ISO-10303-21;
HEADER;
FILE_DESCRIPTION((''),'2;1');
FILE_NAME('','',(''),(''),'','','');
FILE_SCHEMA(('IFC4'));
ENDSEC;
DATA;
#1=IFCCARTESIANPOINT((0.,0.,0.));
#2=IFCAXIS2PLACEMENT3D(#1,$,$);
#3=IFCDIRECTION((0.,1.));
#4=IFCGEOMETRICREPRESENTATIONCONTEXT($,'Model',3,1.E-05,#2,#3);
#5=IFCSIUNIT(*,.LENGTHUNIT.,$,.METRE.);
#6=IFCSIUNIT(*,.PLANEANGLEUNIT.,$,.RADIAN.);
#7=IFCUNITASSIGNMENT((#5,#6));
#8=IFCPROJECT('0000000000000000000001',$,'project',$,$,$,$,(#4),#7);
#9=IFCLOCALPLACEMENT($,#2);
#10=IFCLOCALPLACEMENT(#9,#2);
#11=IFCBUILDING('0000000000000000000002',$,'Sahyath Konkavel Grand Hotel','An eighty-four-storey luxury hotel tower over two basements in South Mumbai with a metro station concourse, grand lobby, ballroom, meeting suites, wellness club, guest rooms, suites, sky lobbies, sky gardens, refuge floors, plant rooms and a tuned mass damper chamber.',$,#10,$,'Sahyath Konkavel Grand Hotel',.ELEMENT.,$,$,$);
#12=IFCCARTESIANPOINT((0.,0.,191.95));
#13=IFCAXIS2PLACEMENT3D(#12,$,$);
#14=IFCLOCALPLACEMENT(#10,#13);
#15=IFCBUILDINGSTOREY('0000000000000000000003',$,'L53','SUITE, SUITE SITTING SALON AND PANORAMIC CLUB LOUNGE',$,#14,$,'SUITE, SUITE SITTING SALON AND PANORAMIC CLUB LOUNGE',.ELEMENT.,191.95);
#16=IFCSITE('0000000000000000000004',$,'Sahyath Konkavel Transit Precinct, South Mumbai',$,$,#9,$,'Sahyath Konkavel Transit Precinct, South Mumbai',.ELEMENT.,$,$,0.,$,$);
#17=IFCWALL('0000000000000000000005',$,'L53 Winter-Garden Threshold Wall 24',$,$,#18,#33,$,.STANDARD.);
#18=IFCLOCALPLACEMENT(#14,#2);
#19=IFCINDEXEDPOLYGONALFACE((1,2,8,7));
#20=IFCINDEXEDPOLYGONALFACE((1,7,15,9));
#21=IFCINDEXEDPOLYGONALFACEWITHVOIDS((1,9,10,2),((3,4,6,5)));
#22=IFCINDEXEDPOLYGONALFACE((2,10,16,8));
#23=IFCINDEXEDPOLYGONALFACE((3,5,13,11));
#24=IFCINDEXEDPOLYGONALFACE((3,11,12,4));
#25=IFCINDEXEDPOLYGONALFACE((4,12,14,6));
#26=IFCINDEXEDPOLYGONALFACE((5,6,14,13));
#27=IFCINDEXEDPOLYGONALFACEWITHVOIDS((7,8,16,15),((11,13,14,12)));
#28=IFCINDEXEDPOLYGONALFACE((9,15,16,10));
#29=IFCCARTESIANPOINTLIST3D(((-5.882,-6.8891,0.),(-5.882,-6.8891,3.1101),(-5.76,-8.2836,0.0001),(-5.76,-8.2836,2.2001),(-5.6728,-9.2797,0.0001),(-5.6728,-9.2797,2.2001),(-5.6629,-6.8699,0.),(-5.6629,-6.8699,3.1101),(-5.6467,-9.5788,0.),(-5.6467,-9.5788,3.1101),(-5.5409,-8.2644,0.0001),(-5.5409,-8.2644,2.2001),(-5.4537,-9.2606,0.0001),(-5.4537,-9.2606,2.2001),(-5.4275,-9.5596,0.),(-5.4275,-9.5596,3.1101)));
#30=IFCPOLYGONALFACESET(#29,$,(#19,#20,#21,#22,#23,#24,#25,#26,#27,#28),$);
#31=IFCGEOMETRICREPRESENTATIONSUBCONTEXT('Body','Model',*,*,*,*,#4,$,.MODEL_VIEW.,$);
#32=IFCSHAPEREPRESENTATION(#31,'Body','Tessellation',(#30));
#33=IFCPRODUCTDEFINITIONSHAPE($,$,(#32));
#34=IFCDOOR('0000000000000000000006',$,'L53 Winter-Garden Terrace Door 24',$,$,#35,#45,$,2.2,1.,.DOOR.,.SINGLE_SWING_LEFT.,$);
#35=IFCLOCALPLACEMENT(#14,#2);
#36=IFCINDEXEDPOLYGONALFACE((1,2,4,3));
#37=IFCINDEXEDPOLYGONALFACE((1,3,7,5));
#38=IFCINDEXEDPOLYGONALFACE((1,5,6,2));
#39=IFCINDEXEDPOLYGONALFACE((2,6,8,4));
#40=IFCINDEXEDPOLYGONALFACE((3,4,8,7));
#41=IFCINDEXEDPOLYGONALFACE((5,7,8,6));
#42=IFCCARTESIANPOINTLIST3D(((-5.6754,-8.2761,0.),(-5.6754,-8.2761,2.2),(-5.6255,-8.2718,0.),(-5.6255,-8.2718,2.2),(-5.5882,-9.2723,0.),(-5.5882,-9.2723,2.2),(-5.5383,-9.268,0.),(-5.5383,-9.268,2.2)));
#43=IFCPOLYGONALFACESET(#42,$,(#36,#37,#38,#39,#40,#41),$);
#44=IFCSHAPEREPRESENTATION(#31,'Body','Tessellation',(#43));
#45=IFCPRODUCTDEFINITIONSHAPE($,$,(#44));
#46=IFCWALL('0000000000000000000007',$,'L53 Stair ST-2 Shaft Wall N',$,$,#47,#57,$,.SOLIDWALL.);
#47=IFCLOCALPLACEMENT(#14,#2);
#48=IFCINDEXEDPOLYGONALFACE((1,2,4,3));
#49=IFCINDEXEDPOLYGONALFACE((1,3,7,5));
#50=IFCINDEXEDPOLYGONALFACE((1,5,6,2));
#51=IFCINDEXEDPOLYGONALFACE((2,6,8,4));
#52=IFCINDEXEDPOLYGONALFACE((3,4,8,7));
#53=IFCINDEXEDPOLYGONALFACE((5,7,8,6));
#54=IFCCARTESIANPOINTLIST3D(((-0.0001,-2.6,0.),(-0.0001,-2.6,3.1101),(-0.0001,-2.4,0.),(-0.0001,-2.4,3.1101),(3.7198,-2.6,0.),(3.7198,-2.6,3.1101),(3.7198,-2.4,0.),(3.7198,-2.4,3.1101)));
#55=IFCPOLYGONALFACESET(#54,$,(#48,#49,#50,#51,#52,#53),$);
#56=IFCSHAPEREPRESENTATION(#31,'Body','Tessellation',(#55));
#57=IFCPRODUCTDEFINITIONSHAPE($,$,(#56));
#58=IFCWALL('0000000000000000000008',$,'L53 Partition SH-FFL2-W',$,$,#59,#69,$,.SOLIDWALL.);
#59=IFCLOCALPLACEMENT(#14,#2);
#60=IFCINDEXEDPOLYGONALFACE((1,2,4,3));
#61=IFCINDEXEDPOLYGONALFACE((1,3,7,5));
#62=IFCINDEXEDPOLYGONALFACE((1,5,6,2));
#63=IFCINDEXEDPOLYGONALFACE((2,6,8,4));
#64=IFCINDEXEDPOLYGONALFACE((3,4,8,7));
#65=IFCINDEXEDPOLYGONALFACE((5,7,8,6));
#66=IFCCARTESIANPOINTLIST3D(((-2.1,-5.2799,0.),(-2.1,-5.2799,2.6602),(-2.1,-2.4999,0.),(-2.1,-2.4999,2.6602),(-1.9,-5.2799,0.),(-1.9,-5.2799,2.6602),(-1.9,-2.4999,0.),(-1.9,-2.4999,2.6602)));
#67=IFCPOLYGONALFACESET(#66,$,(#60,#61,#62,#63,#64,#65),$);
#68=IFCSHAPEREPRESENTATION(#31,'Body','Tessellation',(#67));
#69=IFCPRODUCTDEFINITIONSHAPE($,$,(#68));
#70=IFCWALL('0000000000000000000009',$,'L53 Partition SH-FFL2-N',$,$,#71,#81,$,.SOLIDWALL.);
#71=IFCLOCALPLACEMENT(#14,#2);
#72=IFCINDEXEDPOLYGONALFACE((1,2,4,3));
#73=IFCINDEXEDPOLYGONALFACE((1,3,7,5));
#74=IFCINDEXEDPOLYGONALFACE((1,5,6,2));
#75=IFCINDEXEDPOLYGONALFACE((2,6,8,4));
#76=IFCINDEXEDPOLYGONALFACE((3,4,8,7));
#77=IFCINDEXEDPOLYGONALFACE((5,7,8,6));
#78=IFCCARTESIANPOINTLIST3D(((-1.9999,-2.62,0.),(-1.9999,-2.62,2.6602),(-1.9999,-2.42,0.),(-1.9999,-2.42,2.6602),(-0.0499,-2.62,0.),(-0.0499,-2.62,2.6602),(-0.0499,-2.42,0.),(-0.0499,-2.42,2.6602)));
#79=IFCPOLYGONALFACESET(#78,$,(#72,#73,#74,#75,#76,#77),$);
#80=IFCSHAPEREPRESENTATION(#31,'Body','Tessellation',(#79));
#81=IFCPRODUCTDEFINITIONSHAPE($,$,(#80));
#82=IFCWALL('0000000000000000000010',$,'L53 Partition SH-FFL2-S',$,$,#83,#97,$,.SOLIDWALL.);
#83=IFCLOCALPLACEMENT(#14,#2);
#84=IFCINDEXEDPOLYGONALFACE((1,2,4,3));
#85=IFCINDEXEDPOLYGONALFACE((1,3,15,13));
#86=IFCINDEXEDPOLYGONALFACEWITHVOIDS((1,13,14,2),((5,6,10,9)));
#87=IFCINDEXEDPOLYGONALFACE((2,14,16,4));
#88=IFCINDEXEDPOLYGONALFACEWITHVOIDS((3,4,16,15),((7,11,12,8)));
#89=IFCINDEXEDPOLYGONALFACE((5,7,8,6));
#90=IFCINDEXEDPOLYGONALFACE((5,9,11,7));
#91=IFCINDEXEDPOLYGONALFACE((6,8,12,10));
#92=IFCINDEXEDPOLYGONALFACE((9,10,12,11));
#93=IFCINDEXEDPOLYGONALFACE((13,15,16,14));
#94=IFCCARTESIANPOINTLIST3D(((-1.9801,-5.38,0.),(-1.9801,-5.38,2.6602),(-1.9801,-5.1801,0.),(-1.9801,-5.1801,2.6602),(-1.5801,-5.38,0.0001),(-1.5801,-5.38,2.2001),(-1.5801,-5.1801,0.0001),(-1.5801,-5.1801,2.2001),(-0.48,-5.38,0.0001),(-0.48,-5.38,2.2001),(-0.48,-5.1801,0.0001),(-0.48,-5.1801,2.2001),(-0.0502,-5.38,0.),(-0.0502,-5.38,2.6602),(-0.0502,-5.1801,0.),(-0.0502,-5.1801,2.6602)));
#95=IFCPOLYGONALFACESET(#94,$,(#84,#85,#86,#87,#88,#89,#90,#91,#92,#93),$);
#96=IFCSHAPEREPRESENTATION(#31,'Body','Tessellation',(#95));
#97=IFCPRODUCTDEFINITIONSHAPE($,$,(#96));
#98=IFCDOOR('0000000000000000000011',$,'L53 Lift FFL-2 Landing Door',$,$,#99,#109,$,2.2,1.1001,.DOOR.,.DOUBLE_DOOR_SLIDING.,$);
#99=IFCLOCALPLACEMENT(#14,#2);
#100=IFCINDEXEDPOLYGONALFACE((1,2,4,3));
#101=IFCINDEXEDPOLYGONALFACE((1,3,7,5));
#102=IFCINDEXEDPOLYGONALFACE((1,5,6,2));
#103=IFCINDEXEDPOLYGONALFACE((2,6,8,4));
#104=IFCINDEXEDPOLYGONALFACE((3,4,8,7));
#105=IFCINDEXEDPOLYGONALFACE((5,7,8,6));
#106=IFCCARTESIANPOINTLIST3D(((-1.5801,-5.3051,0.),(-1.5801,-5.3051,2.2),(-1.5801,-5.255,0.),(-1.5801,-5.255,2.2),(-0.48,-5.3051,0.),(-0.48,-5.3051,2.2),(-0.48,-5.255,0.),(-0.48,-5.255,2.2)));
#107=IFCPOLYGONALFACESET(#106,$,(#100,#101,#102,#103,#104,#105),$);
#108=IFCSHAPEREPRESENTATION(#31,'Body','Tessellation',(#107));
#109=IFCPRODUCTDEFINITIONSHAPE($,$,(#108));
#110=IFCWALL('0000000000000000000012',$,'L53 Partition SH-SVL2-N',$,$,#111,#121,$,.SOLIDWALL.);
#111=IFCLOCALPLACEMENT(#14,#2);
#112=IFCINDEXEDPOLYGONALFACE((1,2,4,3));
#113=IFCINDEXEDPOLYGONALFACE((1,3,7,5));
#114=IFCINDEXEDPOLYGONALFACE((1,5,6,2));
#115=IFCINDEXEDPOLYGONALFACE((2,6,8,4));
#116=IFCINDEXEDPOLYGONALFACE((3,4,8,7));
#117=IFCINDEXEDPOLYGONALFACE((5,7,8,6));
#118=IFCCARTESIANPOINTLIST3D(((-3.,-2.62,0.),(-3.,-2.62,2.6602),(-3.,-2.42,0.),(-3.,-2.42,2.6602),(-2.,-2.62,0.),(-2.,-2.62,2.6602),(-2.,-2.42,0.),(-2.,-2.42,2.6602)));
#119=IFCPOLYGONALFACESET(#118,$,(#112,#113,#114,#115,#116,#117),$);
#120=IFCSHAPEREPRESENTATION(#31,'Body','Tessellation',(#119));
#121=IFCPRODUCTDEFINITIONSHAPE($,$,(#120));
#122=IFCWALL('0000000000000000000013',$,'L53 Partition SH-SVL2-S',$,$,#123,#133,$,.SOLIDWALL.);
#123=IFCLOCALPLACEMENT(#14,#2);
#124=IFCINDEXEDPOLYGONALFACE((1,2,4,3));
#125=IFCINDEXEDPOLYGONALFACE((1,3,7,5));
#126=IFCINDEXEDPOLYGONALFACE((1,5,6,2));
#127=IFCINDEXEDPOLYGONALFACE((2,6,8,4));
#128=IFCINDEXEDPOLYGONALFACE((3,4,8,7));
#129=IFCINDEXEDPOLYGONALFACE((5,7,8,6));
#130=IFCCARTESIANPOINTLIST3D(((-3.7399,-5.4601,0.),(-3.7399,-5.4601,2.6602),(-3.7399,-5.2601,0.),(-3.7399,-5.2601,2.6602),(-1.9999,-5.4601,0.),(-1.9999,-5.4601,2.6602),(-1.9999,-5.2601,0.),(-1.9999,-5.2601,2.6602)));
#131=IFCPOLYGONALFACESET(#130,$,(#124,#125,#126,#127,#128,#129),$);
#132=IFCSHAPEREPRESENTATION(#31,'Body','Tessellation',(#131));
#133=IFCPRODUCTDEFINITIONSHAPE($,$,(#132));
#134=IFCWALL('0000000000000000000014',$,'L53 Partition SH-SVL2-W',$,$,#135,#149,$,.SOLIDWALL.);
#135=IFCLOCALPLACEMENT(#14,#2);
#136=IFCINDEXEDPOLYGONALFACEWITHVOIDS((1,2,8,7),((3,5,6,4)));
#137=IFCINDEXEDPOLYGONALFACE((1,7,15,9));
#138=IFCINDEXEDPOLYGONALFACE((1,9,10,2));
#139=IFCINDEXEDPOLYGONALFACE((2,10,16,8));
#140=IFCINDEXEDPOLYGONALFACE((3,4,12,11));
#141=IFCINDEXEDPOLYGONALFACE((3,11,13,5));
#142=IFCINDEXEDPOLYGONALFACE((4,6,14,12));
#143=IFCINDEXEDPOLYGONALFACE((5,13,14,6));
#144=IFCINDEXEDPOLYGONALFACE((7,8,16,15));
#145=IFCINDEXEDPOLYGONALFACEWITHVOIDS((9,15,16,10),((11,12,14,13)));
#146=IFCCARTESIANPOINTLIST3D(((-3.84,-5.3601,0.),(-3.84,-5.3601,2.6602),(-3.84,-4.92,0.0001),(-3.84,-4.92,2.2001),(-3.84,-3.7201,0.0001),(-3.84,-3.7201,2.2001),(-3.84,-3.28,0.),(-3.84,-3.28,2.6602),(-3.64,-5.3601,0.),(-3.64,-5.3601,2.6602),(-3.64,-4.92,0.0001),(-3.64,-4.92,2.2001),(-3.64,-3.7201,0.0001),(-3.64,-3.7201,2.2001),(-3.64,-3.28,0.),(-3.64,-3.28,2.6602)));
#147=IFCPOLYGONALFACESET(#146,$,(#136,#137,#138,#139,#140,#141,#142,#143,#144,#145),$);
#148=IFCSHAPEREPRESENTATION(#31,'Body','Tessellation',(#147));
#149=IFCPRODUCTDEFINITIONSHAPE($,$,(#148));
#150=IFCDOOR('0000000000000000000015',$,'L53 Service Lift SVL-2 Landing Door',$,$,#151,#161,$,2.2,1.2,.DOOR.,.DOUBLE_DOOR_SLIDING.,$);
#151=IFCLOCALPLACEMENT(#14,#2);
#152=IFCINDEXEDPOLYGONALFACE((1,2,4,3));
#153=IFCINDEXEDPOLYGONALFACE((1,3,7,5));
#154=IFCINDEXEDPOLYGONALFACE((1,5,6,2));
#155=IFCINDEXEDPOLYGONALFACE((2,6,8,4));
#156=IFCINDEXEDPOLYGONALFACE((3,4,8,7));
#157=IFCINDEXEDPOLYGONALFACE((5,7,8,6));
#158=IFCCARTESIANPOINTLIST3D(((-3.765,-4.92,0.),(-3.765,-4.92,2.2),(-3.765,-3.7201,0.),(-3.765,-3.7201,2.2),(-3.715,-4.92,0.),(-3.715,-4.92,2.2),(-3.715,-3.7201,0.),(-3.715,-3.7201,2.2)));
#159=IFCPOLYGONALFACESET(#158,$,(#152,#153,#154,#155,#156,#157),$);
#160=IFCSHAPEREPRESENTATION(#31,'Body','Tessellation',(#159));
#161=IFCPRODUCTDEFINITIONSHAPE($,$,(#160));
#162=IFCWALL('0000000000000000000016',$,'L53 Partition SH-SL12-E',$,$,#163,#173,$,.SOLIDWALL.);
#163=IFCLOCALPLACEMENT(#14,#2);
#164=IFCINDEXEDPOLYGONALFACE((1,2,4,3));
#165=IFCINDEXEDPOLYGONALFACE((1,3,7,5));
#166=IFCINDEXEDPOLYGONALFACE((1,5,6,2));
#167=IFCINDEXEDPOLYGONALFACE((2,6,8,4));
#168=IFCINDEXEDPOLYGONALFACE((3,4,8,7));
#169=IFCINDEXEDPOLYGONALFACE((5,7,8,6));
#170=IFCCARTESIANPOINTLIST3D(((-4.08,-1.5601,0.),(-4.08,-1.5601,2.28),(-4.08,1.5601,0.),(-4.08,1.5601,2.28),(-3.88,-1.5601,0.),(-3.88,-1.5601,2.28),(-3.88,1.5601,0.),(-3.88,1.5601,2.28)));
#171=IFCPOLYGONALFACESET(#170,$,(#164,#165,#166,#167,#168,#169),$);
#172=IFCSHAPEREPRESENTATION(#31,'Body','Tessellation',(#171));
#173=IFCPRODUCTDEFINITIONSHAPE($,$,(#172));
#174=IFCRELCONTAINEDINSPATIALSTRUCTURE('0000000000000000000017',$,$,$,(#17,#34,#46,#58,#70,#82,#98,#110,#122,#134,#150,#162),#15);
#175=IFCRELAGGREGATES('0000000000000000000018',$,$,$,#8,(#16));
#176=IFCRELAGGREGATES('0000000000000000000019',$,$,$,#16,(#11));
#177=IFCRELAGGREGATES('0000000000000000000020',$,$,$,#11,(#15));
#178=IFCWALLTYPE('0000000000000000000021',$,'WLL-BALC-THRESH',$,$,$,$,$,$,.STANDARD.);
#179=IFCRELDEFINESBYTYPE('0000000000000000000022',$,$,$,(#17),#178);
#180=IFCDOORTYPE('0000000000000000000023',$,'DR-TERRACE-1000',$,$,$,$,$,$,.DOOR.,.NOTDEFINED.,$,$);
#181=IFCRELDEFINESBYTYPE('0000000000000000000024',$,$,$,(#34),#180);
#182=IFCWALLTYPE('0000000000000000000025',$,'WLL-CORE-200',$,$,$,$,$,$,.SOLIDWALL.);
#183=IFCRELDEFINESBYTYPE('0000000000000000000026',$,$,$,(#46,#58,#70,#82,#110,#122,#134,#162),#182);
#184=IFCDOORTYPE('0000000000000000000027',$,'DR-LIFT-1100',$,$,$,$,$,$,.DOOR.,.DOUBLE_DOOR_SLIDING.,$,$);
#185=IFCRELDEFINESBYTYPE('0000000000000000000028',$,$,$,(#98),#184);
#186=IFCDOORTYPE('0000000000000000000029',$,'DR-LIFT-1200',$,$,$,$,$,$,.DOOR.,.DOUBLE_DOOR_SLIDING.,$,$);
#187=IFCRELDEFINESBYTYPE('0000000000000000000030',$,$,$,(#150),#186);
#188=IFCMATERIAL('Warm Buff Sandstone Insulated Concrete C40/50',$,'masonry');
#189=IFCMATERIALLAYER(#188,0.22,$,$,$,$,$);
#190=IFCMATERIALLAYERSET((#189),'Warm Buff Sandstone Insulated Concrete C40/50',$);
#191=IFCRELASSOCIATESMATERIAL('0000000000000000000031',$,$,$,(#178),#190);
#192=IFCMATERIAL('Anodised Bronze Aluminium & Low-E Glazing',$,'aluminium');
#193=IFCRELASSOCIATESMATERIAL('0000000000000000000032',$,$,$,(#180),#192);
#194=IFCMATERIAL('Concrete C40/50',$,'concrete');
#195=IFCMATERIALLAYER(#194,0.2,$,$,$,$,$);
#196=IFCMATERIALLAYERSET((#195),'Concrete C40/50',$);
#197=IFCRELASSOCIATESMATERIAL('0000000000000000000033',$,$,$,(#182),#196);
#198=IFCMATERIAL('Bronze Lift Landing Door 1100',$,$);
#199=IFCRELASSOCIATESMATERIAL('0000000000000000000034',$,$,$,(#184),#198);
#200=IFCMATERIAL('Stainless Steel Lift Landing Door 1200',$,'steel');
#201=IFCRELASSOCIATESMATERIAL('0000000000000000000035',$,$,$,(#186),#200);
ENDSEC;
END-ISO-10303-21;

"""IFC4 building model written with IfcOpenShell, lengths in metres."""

from ifc_helpers import new_model, si_unit, direction, frame, frame_2d, origin, origin_2d, place, context, subcontext, project, spatial, rectangle, extrude, source, transform, mapped, material, layer, layer_set, type_object, element, fill, save


model = new_model("IFC4")

# Units and contexts
model_context = context("Model", 3, precision=1e-05, world=origin(), true_north=direction((0.0, 1.0)))
body_context = subcontext(model_context, "Body", "Model", "MODEL_VIEW")
ifc_project = project(units=[si_unit("LENGTHUNIT", "METRE"), si_unit("PLANEANGLEUNIT", "RADIAN")], contexts=[model_context])

# Site, building, storey
site_placement = place(None, origin())
site = spatial("IfcSite", under=ifc_project, at=site_placement, Name="Sahyath Konkavel Transit Precinct, South Mumbai", LongName="Sahyath Konkavel Transit Precinct, South Mumbai", CompositionType="ELEMENT", RefElevation=0.0)
building_placement = place(site_placement, origin())
building = spatial("IfcBuilding", under=site, at=building_placement, Name="Sahyath Konkavel Grand Hotel", Description="An eighty-four-storey luxury hotel tower over two basements in South Mumbai with a metro station concourse, grand lobby, ballroom, meeting suites, wellness club, guest rooms, suites, sky lobbies, sky gardens, refuge floors, plant rooms and a tuned mass damper chamber.", LongName="Sahyath Konkavel Grand Hotel", CompositionType="ELEMENT")
storey_placement = place(building_placement, frame((0.0, 0.0, 191.95)))
storey = spatial("IfcBuildingStorey", under=building, at=storey_placement, Name="L53", Description="SUITE, SUITE SITTING SALON AND PANORAMIC CLUB LOUNGE", LongName="SUITE, SUITE SITTING SALON AND PANORAMIC CLUB LOUNGE", CompositionType="ELEMENT", Elevation=191.95)

# Shared definitions
ifc_material_1 = material(Name="Concrete C40/50", Category="concrete")

# Wall, opening, door
ifc_material_2 = material(Name="Warm Buff Sandstone Insulated Concrete C40/50", Category="masonry")
ifc_layer_1 = layer(ifc_material_2, 0.22)
ifc_layer_set_1 = layer_set([ifc_layer_1], Name="Warm Buff Sandstone Insulated Concrete C40/50")
wall_type_1 = type_object("IfcWallType", Name="WLL-BALC-THRESH", PredefinedType="STANDARD", material=ifc_layer_set_1)
wall_1_placement = place(storey_placement, frame((-5.7725, -6.8794, 0.0), z_axis=(0.0, 0.0, 1.0), x_axis=(0.087168, -0.996194, 0.0)))
wall_1 = element("IfcWall", 1, at=wall_1_placement, inside=storey, type_object=wall_type_1, Name="L53 Winter-Garden Threshold Wall 24", PredefinedType="STANDARD", context=body_context, shape_type="SweptSolid", body=[
    extrude(rectangle(XDim=2.7, YDim=0.22, at=frame_2d((1.3501, 0.0))), origin(), (0.0, 0.0, 1.0), 3.1101),
])
opening_1_placement = place(wall_1_placement, frame((1.3999, 0.0, 0.0)))
opening_1 = element("IfcOpeningElement", 2, at=opening_1_placement, cuts=wall_1, PredefinedType="OPENING", context=body_context, shape_type="SweptSolid", body=[
    extrude(rectangle(XDim=1.0, YDim=2.2, at=frame_2d((0.5, 1.1001))), frame((0.0, 0.1201, 0.0), z_axis=(0.0, -1.0, 0.0), x_axis=(1.0, 0.0, 0.0)), (0.0, 0.0, 1.0), 0.24),
])
ifc_material_3 = material(Name="Anodised Bronze Aluminium & Low-E Glazing", Category="aluminium")
door_type_1 = type_object("IfcDoorType", Name="DR-TERRACE-1000", OperationType="NOTDEFINED", PredefinedType="DOOR", material=ifc_material_3)
shared_shape_1 = source(origin(), body_context, "Body", "SweptSolid", [
    extrude(rectangle(XDim=1.0, YDim=0.05, at=origin_2d()), origin(), (0.0, 0.0, 1.0), 2.2),
])
door_1_placement = place(opening_1_placement, frame((0.5, 0.0, 0.0)))
door_1 = element("IfcDoor", 3, at=door_1_placement, inside=storey, type_object=door_type_1, Name="L53 Winter-Garden Terrace Door 24", OperationType="SINGLE_SWING_LEFT", OverallHeight=2.2, OverallWidth=1.0, PredefinedType="DOOR", context=body_context, shape_type="MappedRepresentation", body=[
    mapped(shared_shape_1, transform((0.0, 0.0, 0.0), scale=1.0)),
])
fill(opening_1, door_1)

# Walls
ifc_layer_2 = layer(ifc_material_1, 0.2)
ifc_layer_set_2 = layer_set([ifc_layer_2], Name="Concrete C40/50")
wall_type_2 = type_object("IfcWallType", Name="WLL-CORE-200", PredefinedType="SOLIDWALL", material=ifc_layer_set_2)
wall_2_placement = place(storey_placement, frame((0.0, -2.5, 0.0), z_axis=(0.0, 0.0, 1.0), x_axis=(1.0, 0.0, 0.0)))
element("IfcWall", 4, at=wall_2_placement, inside=storey, type_object=wall_type_2, Name="L53 Stair ST-2 Shaft Wall N", PredefinedType="SOLIDWALL", context=body_context, shape_type="SweptSolid", body=[
    extrude(rectangle(XDim=3.72, YDim=0.2, at=frame_2d((1.8599, 0.0))), origin(), (0.0, 0.0, 1.0), 3.1101),
])
wall_3_placement = place(storey_placement, frame((-2.0, -5.28, 0.0), z_axis=(0.0, 0.0, 1.0), x_axis=(0.0, 1.0, 0.0)))
element("IfcWall", 5, at=wall_3_placement, inside=storey, type_object=wall_type_2, Name="L53 Partition SH-FFL2-W", PredefinedType="SOLIDWALL", context=body_context, shape_type="SweptSolid", body=[
    extrude(rectangle(XDim=2.78, YDim=0.2, at=frame_2d((1.3901, 0.0))), origin(), (0.0, 0.0, 1.0), 2.6602),
])
wall_4_placement = place(storey_placement, frame((-2.0, -2.52, 0.0), z_axis=(0.0, 0.0, 1.0), x_axis=(1.0, 0.0, 0.0)))
element("IfcWall", 6, at=wall_4_placement, inside=storey, type_object=wall_type_2, Name="L53 Partition SH-FFL2-N", PredefinedType="SOLIDWALL", context=body_context, shape_type="SweptSolid", body=[
    extrude(rectangle(XDim=1.95, YDim=0.2, at=frame_2d((0.9751, 0.0))), origin(), (0.0, 0.0, 1.0), 2.6602),
])

# Wall, opening, door
wall_5_placement = place(storey_placement, frame((-1.98, -5.28, 0.0), z_axis=(0.0, 0.0, 1.0), x_axis=(1.0, 0.0, 0.0)))
wall_5 = element("IfcWall", 7, at=wall_5_placement, inside=storey, type_object=wall_type_2, Name="L53 Partition SH-FFL2-S", PredefinedType="SOLIDWALL", context=body_context, shape_type="SweptSolid", body=[
    extrude(rectangle(XDim=1.9299, YDim=0.2, at=frame_2d((0.9648, 0.0))), origin(), (0.0, 0.0, 1.0), 2.6602),
])
opening_2_placement = place(wall_5_placement, frame((0.3999, 0.0, 0.0)))
opening_2 = element("IfcOpeningElement", 8, at=opening_2_placement, cuts=wall_5, PredefinedType="OPENING", context=body_context, shape_type="SweptSolid", body=[
    extrude(rectangle(XDim=1.1001, YDim=2.2, at=frame_2d((0.55, 1.1001))), frame((0.0, 0.1099, 0.0), z_axis=(0.0, -1.0, 0.0), x_axis=(1.0, 0.0, 0.0)), (0.0, 0.0, 1.0), 0.22),
])
ifc_material_4 = material(Name="Bronze Lift Landing Door 1100")
door_type_2 = type_object("IfcDoorType", Name="DR-LIFT-1100", OperationType="DOUBLE_DOOR_SLIDING", PredefinedType="DOOR", material=ifc_material_4)
shared_shape_2 = source(origin(), body_context, "Body", "SweptSolid", [
    extrude(rectangle(XDim=1.1001, YDim=0.05, at=origin_2d()), origin(), (0.0, 0.0, 1.0), 2.2),
])
door_2_placement = place(opening_2_placement, frame((0.55, 0.0, 0.0)))
door_2 = element("IfcDoor", 9, at=door_2_placement, inside=storey, type_object=door_type_2, Name="L53 Lift FFL-2 Landing Door", OperationType="DOUBLE_DOOR_SLIDING", OverallHeight=2.2, OverallWidth=1.1001, PredefinedType="DOOR", context=body_context, shape_type="MappedRepresentation", body=[
    mapped(shared_shape_2, transform((0.0, 0.0, 0.0), scale=1.0)),
])
fill(opening_2, door_2)

# Walls
wall_6_placement = place(storey_placement, frame((-3.0, -2.52, 0.0), z_axis=(0.0, 0.0, 1.0), x_axis=(1.0, 0.0, 0.0)))
element("IfcWall", 10, at=wall_6_placement, inside=storey, type_object=wall_type_2, Name="L53 Partition SH-SVL2-N", PredefinedType="SOLIDWALL", context=body_context, shape_type="SweptSolid", body=[
    extrude(rectangle(XDim=1.0, YDim=0.2, at=frame_2d((0.5, 0.0))), origin(), (0.0, 0.0, 1.0), 2.6602),
])
wall_7_placement = place(storey_placement, frame((-3.74, -5.3601, 0.0), z_axis=(0.0, 0.0, 1.0), x_axis=(1.0, 0.0, 0.0)))
element("IfcWall", 11, at=wall_7_placement, inside=storey, type_object=wall_type_2, Name="L53 Partition SH-SVL2-S", PredefinedType="SOLIDWALL", context=body_context, shape_type="SweptSolid", body=[
    extrude(rectangle(XDim=1.74, YDim=0.2, at=frame_2d((0.8701, 0.0))), origin(), (0.0, 0.0, 1.0), 2.6602),
])

# Wall, opening, door
wall_8_placement = place(storey_placement, frame((-3.74, -5.3601, 0.0), z_axis=(0.0, 0.0, 1.0), x_axis=(0.0, 1.0, 0.0)))
wall_8 = element("IfcWall", 12, at=wall_8_placement, inside=storey, type_object=wall_type_2, Name="L53 Partition SH-SVL2-W", PredefinedType="SOLIDWALL", context=body_context, shape_type="SweptSolid", body=[
    extrude(rectangle(XDim=2.0801, YDim=0.2, at=frame_2d((1.04, 0.0))), origin(), (0.0, 0.0, 1.0), 2.6602),
])
opening_3_placement = place(wall_8_placement, frame((0.4399, 0.0, 0.0)))
opening_3 = element("IfcOpeningElement", 13, at=opening_3_placement, cuts=wall_8, PredefinedType="OPENING", context=body_context, shape_type="SweptSolid", body=[
    extrude(rectangle(XDim=1.2, YDim=2.2, at=frame_2d((0.6001, 1.1001))), frame((0.0, 0.1099, 0.0), z_axis=(0.0, -1.0, 0.0), x_axis=(1.0, 0.0, 0.0)), (0.0, 0.0, 1.0), 0.22),
])
ifc_material_5 = material(Name="Stainless Steel Lift Landing Door 1200", Category="steel")
door_type_3 = type_object("IfcDoorType", Name="DR-LIFT-1200", OperationType="DOUBLE_DOOR_SLIDING", PredefinedType="DOOR", material=ifc_material_5)
shared_shape_3 = source(origin(), body_context, "Body", "SweptSolid", [
    extrude(rectangle(XDim=1.2, YDim=0.05, at=origin_2d()), origin(), (0.0, 0.0, 1.0), 2.2),
])
door_3_placement = place(opening_3_placement, frame((0.6001, 0.0, 0.0)))
door_3 = element("IfcDoor", 14, at=door_3_placement, inside=storey, type_object=door_type_3, Name="L53 Service Lift SVL-2 Landing Door", OperationType="DOUBLE_DOOR_SLIDING", OverallHeight=2.2, OverallWidth=1.2, PredefinedType="DOOR", context=body_context, shape_type="MappedRepresentation", body=[
    mapped(shared_shape_3, transform((0.0, 0.0, 0.0), scale=1.0)),
])
fill(opening_3, door_3)

# Wall
wall_9_placement = place(storey_placement, frame((-3.98, -1.5601, 0.0), z_axis=(0.0, 0.0, 1.0), x_axis=(0.0, 1.0, 0.0)))
element("IfcWall", 15, at=wall_9_placement, inside=storey, type_object=wall_type_2, Name="L53 Partition SH-SL12-E", PredefinedType="SOLIDWALL", context=body_context, shape_type="SweptSolid", body=[
    extrude(rectangle(XDim=3.1201, YDim=0.2, at=frame_2d((1.5601, 0.0))), origin(), (0.0, 0.0, 1.0), 2.28),
])

save(model, "model.ifc")
